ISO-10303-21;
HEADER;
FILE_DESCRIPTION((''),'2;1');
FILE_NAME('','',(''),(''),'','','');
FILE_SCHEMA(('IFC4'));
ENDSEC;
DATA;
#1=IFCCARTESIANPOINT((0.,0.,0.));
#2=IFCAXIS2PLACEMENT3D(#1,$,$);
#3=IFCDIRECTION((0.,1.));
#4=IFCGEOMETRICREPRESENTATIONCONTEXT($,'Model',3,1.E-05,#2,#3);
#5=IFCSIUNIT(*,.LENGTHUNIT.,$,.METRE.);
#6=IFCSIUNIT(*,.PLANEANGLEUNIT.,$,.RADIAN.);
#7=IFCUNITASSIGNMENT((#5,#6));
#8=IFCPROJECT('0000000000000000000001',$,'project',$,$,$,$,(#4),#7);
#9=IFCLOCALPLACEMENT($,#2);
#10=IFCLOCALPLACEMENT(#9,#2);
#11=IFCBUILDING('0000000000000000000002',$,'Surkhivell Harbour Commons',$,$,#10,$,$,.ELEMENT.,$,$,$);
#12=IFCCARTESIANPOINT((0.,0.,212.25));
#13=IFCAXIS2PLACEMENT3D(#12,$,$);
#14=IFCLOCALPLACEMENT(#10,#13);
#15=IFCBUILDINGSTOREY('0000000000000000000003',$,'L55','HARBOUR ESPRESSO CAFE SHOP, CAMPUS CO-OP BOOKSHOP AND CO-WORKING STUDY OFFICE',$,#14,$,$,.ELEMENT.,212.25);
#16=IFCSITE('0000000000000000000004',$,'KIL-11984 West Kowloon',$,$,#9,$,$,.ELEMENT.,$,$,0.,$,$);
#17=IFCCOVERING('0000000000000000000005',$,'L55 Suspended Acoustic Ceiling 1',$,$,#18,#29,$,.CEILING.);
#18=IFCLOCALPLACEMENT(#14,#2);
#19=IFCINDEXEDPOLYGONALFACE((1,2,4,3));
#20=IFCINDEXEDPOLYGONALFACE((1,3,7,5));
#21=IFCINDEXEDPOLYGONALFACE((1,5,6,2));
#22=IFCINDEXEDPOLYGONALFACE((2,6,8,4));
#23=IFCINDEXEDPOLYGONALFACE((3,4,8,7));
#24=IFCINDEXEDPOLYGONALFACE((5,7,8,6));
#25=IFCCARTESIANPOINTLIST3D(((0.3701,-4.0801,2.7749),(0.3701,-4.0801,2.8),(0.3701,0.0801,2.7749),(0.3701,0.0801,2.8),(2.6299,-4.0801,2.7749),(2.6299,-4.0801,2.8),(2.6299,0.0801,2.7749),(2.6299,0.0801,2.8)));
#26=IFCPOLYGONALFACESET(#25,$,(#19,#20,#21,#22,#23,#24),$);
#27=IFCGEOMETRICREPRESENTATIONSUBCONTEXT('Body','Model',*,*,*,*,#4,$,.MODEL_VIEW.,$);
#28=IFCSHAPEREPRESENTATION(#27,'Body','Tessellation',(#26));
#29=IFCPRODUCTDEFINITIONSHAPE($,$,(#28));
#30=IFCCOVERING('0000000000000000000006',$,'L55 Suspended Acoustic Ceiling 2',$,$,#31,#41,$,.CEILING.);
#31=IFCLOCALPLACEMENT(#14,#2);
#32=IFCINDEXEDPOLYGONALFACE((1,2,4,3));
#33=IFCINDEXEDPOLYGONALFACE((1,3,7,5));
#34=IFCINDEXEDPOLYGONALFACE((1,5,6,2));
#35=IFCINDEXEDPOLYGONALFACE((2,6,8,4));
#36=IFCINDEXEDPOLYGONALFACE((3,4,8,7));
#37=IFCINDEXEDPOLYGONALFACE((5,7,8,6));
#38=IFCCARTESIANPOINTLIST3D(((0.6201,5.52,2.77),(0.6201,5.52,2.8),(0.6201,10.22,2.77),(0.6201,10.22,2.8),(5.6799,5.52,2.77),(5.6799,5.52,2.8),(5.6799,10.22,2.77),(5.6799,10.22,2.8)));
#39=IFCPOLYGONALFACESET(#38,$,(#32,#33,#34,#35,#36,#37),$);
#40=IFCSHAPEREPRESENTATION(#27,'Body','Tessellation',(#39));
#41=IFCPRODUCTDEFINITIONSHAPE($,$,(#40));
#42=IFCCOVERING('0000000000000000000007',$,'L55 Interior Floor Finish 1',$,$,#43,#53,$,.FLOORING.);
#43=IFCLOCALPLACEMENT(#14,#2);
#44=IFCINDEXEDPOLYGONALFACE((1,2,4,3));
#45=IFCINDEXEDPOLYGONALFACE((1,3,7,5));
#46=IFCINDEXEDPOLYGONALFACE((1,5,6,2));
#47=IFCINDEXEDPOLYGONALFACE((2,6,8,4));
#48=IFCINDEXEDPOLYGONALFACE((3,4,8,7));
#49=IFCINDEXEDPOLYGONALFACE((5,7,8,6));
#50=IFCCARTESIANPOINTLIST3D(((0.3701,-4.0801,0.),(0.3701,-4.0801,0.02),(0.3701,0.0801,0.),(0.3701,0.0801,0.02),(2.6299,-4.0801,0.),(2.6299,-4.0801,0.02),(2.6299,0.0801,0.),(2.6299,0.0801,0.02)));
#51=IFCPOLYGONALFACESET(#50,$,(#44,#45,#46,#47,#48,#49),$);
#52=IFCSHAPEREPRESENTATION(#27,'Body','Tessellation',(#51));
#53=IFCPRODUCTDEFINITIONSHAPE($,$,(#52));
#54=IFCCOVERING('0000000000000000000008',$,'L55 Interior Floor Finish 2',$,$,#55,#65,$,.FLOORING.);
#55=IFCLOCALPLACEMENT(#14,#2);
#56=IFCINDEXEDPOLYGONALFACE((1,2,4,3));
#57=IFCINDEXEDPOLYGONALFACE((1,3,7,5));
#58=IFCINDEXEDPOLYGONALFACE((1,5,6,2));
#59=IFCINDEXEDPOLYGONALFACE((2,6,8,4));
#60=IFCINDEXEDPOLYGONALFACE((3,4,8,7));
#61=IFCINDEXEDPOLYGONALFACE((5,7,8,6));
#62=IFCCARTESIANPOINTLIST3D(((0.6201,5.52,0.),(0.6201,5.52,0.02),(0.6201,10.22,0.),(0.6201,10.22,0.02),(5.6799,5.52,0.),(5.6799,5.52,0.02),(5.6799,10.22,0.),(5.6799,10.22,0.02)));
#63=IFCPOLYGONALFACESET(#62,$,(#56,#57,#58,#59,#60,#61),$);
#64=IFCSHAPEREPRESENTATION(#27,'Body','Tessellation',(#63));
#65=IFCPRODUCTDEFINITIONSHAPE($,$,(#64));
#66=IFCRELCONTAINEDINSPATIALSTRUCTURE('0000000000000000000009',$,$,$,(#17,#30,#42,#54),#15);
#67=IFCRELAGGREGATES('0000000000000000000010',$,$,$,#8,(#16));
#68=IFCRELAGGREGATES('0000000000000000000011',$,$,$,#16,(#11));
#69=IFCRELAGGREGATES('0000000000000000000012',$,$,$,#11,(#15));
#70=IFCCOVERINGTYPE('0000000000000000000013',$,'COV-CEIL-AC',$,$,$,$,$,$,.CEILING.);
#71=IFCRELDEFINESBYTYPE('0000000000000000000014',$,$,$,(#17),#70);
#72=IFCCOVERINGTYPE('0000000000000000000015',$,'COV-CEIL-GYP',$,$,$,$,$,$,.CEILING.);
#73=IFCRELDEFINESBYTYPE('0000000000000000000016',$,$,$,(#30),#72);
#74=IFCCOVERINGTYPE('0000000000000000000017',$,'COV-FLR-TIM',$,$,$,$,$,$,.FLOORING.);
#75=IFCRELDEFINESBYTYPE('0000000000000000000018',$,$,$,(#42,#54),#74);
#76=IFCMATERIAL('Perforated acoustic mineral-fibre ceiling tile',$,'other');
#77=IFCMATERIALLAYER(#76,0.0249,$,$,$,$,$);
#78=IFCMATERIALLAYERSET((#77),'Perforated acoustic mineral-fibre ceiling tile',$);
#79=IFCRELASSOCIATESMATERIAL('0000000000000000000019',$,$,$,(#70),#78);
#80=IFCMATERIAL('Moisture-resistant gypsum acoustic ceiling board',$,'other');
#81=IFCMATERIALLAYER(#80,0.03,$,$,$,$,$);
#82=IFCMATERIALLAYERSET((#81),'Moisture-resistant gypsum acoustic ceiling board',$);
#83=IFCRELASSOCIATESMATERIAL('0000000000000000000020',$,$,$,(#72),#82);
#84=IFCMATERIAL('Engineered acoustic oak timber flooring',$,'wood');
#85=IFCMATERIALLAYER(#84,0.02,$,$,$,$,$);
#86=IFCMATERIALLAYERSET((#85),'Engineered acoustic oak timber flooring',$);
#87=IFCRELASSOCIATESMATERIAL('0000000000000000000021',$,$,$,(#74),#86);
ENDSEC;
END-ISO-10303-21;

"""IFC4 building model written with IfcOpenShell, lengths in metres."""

from ifc_helpers import new_model, si_unit, direction, frame, origin, place, context, subcontext, project, spatial, polyline, outline, extrude, material, layer, layer_set, type_object, element, save


model = new_model("IFC4")

# Units and contexts
model_context = context("Model", 3, precision=1e-05, world=origin(), true_north=direction((0.0, 1.0)))
body_context = subcontext(model_context, "Body", "Model", "MODEL_VIEW")
ifc_project = project(units=[si_unit("LENGTHUNIT", "METRE"), si_unit("PLANEANGLEUNIT", "RADIAN")], contexts=[model_context])

# Site, building, storey
site_placement = place(None, origin())
site = spatial("IfcSite", under=ifc_project, at=site_placement, Name="KIL-11984 West Kowloon", CompositionType="ELEMENT", RefElevation=0.0)
building_placement = place(site_placement, origin())
building = spatial("IfcBuilding", under=site, at=building_placement, Name="Surkhivell Harbour Commons", CompositionType="ELEMENT")
storey_placement = place(building_placement, frame((0.0, 0.0, 212.25)))
storey = spatial("IfcBuildingStorey", under=building, at=storey_placement, Name="L55", Description="HARBOUR ESPRESSO CAFE SHOP, CAMPUS CO-OP BOOKSHOP AND CO-WORKING STUDY OFFICE", CompositionType="ELEMENT", Elevation=212.25)

# Coverings
ifc_material_1 = material(Name="Perforated acoustic mineral-fibre ceiling tile", Category="other")
ifc_layer_1 = layer(ifc_material_1, 0.0249)
ifc_layer_set_1 = layer_set([ifc_layer_1], Name="Perforated acoustic mineral-fibre ceiling tile")
covering_type_1 = type_object("IfcCoveringType", Name="COV-CEIL-AC", PredefinedType="CEILING", material=ifc_layer_set_1)
covering_1_placement = place(storey_placement, frame((0.0, 0.0, 2.7749)))
element("IfcCovering", 1, at=covering_1_placement, inside=storey, type_object=covering_type_1, Name="L55 Suspended Acoustic Ceiling 1", PredefinedType="CEILING", context=body_context, shape_type="SweptSolid", body=[
    extrude(outline(polyline([(0.3701, -4.0801), (2.6299, -4.0801), (2.6299, 0.0801), (0.3701, 0.0801), (0.3701, -4.0801)])), origin(), (0.0, 0.0, 1.0), 0.0251),
])
ifc_material_2 = material(Name="Moisture-resistant gypsum acoustic ceiling board", Category="other")
ifc_layer_2 = layer(ifc_material_2, 0.03)
ifc_layer_set_2 = layer_set([ifc_layer_2], Name="Moisture-resistant gypsum acoustic ceiling board")
covering_type_2 = type_object("IfcCoveringType", Name="COV-CEIL-GYP", PredefinedType="CEILING", material=ifc_layer_set_2)
covering_2_placement = place(storey_placement, frame((0.0, 0.0, 2.77)))
element("IfcCovering", 2, at=covering_2_placement, inside=storey, type_object=covering_type_2, Name="L55 Suspended Acoustic Ceiling 2", PredefinedType="CEILING", context=body_context, shape_type="SweptSolid", body=[
    extrude(outline(polyline([(0.6201, 5.52), (5.6799, 5.52), (5.6799, 10.22), (0.6201, 10.22), (0.6201, 5.52)])), origin(), (0.0, 0.0, 1.0), 0.03),
])
ifc_material_3 = material(Name="Engineered acoustic oak timber flooring", Category="wood")
ifc_layer_3 = layer(ifc_material_3, 0.02)
ifc_layer_set_3 = layer_set([ifc_layer_3], Name="Engineered acoustic oak timber flooring")
covering_type_3 = type_object("IfcCoveringType", Name="COV-FLR-TIM", PredefinedType="FLOORING", material=ifc_layer_set_3)
covering_3_placement = place(storey_placement, origin())
element("IfcCovering", 3, at=covering_3_placement, inside=storey, type_object=covering_type_3, Name="L55 Interior Floor Finish 1", PredefinedType="FLOORING", context=body_context, shape_type="SweptSolid", body=[
    extrude(outline(polyline([(0.3701, -4.0801), (2.6299, -4.0801), (2.6299, 0.0801), (0.3701, 0.0801), (0.3701, -4.0801)])), origin(), (0.0, 0.0, 1.0), 0.02),
])
covering_4_placement = place(storey_placement, origin())
element("IfcCovering", 4, at=covering_4_placement, inside=storey, type_object=covering_type_3, Name="L55 Interior Floor Finish 2", PredefinedType="FLOORING", context=body_context, shape_type="SweptSolid", body=[
    extrude(outline(polyline([(0.6201, 5.52), (5.6799, 5.52), (5.6799, 10.22), (0.6201, 10.22), (0.6201, 5.52)])), origin(), (0.0, 0.0, 1.0), 0.02),
])

save(model, "model.ifc")
